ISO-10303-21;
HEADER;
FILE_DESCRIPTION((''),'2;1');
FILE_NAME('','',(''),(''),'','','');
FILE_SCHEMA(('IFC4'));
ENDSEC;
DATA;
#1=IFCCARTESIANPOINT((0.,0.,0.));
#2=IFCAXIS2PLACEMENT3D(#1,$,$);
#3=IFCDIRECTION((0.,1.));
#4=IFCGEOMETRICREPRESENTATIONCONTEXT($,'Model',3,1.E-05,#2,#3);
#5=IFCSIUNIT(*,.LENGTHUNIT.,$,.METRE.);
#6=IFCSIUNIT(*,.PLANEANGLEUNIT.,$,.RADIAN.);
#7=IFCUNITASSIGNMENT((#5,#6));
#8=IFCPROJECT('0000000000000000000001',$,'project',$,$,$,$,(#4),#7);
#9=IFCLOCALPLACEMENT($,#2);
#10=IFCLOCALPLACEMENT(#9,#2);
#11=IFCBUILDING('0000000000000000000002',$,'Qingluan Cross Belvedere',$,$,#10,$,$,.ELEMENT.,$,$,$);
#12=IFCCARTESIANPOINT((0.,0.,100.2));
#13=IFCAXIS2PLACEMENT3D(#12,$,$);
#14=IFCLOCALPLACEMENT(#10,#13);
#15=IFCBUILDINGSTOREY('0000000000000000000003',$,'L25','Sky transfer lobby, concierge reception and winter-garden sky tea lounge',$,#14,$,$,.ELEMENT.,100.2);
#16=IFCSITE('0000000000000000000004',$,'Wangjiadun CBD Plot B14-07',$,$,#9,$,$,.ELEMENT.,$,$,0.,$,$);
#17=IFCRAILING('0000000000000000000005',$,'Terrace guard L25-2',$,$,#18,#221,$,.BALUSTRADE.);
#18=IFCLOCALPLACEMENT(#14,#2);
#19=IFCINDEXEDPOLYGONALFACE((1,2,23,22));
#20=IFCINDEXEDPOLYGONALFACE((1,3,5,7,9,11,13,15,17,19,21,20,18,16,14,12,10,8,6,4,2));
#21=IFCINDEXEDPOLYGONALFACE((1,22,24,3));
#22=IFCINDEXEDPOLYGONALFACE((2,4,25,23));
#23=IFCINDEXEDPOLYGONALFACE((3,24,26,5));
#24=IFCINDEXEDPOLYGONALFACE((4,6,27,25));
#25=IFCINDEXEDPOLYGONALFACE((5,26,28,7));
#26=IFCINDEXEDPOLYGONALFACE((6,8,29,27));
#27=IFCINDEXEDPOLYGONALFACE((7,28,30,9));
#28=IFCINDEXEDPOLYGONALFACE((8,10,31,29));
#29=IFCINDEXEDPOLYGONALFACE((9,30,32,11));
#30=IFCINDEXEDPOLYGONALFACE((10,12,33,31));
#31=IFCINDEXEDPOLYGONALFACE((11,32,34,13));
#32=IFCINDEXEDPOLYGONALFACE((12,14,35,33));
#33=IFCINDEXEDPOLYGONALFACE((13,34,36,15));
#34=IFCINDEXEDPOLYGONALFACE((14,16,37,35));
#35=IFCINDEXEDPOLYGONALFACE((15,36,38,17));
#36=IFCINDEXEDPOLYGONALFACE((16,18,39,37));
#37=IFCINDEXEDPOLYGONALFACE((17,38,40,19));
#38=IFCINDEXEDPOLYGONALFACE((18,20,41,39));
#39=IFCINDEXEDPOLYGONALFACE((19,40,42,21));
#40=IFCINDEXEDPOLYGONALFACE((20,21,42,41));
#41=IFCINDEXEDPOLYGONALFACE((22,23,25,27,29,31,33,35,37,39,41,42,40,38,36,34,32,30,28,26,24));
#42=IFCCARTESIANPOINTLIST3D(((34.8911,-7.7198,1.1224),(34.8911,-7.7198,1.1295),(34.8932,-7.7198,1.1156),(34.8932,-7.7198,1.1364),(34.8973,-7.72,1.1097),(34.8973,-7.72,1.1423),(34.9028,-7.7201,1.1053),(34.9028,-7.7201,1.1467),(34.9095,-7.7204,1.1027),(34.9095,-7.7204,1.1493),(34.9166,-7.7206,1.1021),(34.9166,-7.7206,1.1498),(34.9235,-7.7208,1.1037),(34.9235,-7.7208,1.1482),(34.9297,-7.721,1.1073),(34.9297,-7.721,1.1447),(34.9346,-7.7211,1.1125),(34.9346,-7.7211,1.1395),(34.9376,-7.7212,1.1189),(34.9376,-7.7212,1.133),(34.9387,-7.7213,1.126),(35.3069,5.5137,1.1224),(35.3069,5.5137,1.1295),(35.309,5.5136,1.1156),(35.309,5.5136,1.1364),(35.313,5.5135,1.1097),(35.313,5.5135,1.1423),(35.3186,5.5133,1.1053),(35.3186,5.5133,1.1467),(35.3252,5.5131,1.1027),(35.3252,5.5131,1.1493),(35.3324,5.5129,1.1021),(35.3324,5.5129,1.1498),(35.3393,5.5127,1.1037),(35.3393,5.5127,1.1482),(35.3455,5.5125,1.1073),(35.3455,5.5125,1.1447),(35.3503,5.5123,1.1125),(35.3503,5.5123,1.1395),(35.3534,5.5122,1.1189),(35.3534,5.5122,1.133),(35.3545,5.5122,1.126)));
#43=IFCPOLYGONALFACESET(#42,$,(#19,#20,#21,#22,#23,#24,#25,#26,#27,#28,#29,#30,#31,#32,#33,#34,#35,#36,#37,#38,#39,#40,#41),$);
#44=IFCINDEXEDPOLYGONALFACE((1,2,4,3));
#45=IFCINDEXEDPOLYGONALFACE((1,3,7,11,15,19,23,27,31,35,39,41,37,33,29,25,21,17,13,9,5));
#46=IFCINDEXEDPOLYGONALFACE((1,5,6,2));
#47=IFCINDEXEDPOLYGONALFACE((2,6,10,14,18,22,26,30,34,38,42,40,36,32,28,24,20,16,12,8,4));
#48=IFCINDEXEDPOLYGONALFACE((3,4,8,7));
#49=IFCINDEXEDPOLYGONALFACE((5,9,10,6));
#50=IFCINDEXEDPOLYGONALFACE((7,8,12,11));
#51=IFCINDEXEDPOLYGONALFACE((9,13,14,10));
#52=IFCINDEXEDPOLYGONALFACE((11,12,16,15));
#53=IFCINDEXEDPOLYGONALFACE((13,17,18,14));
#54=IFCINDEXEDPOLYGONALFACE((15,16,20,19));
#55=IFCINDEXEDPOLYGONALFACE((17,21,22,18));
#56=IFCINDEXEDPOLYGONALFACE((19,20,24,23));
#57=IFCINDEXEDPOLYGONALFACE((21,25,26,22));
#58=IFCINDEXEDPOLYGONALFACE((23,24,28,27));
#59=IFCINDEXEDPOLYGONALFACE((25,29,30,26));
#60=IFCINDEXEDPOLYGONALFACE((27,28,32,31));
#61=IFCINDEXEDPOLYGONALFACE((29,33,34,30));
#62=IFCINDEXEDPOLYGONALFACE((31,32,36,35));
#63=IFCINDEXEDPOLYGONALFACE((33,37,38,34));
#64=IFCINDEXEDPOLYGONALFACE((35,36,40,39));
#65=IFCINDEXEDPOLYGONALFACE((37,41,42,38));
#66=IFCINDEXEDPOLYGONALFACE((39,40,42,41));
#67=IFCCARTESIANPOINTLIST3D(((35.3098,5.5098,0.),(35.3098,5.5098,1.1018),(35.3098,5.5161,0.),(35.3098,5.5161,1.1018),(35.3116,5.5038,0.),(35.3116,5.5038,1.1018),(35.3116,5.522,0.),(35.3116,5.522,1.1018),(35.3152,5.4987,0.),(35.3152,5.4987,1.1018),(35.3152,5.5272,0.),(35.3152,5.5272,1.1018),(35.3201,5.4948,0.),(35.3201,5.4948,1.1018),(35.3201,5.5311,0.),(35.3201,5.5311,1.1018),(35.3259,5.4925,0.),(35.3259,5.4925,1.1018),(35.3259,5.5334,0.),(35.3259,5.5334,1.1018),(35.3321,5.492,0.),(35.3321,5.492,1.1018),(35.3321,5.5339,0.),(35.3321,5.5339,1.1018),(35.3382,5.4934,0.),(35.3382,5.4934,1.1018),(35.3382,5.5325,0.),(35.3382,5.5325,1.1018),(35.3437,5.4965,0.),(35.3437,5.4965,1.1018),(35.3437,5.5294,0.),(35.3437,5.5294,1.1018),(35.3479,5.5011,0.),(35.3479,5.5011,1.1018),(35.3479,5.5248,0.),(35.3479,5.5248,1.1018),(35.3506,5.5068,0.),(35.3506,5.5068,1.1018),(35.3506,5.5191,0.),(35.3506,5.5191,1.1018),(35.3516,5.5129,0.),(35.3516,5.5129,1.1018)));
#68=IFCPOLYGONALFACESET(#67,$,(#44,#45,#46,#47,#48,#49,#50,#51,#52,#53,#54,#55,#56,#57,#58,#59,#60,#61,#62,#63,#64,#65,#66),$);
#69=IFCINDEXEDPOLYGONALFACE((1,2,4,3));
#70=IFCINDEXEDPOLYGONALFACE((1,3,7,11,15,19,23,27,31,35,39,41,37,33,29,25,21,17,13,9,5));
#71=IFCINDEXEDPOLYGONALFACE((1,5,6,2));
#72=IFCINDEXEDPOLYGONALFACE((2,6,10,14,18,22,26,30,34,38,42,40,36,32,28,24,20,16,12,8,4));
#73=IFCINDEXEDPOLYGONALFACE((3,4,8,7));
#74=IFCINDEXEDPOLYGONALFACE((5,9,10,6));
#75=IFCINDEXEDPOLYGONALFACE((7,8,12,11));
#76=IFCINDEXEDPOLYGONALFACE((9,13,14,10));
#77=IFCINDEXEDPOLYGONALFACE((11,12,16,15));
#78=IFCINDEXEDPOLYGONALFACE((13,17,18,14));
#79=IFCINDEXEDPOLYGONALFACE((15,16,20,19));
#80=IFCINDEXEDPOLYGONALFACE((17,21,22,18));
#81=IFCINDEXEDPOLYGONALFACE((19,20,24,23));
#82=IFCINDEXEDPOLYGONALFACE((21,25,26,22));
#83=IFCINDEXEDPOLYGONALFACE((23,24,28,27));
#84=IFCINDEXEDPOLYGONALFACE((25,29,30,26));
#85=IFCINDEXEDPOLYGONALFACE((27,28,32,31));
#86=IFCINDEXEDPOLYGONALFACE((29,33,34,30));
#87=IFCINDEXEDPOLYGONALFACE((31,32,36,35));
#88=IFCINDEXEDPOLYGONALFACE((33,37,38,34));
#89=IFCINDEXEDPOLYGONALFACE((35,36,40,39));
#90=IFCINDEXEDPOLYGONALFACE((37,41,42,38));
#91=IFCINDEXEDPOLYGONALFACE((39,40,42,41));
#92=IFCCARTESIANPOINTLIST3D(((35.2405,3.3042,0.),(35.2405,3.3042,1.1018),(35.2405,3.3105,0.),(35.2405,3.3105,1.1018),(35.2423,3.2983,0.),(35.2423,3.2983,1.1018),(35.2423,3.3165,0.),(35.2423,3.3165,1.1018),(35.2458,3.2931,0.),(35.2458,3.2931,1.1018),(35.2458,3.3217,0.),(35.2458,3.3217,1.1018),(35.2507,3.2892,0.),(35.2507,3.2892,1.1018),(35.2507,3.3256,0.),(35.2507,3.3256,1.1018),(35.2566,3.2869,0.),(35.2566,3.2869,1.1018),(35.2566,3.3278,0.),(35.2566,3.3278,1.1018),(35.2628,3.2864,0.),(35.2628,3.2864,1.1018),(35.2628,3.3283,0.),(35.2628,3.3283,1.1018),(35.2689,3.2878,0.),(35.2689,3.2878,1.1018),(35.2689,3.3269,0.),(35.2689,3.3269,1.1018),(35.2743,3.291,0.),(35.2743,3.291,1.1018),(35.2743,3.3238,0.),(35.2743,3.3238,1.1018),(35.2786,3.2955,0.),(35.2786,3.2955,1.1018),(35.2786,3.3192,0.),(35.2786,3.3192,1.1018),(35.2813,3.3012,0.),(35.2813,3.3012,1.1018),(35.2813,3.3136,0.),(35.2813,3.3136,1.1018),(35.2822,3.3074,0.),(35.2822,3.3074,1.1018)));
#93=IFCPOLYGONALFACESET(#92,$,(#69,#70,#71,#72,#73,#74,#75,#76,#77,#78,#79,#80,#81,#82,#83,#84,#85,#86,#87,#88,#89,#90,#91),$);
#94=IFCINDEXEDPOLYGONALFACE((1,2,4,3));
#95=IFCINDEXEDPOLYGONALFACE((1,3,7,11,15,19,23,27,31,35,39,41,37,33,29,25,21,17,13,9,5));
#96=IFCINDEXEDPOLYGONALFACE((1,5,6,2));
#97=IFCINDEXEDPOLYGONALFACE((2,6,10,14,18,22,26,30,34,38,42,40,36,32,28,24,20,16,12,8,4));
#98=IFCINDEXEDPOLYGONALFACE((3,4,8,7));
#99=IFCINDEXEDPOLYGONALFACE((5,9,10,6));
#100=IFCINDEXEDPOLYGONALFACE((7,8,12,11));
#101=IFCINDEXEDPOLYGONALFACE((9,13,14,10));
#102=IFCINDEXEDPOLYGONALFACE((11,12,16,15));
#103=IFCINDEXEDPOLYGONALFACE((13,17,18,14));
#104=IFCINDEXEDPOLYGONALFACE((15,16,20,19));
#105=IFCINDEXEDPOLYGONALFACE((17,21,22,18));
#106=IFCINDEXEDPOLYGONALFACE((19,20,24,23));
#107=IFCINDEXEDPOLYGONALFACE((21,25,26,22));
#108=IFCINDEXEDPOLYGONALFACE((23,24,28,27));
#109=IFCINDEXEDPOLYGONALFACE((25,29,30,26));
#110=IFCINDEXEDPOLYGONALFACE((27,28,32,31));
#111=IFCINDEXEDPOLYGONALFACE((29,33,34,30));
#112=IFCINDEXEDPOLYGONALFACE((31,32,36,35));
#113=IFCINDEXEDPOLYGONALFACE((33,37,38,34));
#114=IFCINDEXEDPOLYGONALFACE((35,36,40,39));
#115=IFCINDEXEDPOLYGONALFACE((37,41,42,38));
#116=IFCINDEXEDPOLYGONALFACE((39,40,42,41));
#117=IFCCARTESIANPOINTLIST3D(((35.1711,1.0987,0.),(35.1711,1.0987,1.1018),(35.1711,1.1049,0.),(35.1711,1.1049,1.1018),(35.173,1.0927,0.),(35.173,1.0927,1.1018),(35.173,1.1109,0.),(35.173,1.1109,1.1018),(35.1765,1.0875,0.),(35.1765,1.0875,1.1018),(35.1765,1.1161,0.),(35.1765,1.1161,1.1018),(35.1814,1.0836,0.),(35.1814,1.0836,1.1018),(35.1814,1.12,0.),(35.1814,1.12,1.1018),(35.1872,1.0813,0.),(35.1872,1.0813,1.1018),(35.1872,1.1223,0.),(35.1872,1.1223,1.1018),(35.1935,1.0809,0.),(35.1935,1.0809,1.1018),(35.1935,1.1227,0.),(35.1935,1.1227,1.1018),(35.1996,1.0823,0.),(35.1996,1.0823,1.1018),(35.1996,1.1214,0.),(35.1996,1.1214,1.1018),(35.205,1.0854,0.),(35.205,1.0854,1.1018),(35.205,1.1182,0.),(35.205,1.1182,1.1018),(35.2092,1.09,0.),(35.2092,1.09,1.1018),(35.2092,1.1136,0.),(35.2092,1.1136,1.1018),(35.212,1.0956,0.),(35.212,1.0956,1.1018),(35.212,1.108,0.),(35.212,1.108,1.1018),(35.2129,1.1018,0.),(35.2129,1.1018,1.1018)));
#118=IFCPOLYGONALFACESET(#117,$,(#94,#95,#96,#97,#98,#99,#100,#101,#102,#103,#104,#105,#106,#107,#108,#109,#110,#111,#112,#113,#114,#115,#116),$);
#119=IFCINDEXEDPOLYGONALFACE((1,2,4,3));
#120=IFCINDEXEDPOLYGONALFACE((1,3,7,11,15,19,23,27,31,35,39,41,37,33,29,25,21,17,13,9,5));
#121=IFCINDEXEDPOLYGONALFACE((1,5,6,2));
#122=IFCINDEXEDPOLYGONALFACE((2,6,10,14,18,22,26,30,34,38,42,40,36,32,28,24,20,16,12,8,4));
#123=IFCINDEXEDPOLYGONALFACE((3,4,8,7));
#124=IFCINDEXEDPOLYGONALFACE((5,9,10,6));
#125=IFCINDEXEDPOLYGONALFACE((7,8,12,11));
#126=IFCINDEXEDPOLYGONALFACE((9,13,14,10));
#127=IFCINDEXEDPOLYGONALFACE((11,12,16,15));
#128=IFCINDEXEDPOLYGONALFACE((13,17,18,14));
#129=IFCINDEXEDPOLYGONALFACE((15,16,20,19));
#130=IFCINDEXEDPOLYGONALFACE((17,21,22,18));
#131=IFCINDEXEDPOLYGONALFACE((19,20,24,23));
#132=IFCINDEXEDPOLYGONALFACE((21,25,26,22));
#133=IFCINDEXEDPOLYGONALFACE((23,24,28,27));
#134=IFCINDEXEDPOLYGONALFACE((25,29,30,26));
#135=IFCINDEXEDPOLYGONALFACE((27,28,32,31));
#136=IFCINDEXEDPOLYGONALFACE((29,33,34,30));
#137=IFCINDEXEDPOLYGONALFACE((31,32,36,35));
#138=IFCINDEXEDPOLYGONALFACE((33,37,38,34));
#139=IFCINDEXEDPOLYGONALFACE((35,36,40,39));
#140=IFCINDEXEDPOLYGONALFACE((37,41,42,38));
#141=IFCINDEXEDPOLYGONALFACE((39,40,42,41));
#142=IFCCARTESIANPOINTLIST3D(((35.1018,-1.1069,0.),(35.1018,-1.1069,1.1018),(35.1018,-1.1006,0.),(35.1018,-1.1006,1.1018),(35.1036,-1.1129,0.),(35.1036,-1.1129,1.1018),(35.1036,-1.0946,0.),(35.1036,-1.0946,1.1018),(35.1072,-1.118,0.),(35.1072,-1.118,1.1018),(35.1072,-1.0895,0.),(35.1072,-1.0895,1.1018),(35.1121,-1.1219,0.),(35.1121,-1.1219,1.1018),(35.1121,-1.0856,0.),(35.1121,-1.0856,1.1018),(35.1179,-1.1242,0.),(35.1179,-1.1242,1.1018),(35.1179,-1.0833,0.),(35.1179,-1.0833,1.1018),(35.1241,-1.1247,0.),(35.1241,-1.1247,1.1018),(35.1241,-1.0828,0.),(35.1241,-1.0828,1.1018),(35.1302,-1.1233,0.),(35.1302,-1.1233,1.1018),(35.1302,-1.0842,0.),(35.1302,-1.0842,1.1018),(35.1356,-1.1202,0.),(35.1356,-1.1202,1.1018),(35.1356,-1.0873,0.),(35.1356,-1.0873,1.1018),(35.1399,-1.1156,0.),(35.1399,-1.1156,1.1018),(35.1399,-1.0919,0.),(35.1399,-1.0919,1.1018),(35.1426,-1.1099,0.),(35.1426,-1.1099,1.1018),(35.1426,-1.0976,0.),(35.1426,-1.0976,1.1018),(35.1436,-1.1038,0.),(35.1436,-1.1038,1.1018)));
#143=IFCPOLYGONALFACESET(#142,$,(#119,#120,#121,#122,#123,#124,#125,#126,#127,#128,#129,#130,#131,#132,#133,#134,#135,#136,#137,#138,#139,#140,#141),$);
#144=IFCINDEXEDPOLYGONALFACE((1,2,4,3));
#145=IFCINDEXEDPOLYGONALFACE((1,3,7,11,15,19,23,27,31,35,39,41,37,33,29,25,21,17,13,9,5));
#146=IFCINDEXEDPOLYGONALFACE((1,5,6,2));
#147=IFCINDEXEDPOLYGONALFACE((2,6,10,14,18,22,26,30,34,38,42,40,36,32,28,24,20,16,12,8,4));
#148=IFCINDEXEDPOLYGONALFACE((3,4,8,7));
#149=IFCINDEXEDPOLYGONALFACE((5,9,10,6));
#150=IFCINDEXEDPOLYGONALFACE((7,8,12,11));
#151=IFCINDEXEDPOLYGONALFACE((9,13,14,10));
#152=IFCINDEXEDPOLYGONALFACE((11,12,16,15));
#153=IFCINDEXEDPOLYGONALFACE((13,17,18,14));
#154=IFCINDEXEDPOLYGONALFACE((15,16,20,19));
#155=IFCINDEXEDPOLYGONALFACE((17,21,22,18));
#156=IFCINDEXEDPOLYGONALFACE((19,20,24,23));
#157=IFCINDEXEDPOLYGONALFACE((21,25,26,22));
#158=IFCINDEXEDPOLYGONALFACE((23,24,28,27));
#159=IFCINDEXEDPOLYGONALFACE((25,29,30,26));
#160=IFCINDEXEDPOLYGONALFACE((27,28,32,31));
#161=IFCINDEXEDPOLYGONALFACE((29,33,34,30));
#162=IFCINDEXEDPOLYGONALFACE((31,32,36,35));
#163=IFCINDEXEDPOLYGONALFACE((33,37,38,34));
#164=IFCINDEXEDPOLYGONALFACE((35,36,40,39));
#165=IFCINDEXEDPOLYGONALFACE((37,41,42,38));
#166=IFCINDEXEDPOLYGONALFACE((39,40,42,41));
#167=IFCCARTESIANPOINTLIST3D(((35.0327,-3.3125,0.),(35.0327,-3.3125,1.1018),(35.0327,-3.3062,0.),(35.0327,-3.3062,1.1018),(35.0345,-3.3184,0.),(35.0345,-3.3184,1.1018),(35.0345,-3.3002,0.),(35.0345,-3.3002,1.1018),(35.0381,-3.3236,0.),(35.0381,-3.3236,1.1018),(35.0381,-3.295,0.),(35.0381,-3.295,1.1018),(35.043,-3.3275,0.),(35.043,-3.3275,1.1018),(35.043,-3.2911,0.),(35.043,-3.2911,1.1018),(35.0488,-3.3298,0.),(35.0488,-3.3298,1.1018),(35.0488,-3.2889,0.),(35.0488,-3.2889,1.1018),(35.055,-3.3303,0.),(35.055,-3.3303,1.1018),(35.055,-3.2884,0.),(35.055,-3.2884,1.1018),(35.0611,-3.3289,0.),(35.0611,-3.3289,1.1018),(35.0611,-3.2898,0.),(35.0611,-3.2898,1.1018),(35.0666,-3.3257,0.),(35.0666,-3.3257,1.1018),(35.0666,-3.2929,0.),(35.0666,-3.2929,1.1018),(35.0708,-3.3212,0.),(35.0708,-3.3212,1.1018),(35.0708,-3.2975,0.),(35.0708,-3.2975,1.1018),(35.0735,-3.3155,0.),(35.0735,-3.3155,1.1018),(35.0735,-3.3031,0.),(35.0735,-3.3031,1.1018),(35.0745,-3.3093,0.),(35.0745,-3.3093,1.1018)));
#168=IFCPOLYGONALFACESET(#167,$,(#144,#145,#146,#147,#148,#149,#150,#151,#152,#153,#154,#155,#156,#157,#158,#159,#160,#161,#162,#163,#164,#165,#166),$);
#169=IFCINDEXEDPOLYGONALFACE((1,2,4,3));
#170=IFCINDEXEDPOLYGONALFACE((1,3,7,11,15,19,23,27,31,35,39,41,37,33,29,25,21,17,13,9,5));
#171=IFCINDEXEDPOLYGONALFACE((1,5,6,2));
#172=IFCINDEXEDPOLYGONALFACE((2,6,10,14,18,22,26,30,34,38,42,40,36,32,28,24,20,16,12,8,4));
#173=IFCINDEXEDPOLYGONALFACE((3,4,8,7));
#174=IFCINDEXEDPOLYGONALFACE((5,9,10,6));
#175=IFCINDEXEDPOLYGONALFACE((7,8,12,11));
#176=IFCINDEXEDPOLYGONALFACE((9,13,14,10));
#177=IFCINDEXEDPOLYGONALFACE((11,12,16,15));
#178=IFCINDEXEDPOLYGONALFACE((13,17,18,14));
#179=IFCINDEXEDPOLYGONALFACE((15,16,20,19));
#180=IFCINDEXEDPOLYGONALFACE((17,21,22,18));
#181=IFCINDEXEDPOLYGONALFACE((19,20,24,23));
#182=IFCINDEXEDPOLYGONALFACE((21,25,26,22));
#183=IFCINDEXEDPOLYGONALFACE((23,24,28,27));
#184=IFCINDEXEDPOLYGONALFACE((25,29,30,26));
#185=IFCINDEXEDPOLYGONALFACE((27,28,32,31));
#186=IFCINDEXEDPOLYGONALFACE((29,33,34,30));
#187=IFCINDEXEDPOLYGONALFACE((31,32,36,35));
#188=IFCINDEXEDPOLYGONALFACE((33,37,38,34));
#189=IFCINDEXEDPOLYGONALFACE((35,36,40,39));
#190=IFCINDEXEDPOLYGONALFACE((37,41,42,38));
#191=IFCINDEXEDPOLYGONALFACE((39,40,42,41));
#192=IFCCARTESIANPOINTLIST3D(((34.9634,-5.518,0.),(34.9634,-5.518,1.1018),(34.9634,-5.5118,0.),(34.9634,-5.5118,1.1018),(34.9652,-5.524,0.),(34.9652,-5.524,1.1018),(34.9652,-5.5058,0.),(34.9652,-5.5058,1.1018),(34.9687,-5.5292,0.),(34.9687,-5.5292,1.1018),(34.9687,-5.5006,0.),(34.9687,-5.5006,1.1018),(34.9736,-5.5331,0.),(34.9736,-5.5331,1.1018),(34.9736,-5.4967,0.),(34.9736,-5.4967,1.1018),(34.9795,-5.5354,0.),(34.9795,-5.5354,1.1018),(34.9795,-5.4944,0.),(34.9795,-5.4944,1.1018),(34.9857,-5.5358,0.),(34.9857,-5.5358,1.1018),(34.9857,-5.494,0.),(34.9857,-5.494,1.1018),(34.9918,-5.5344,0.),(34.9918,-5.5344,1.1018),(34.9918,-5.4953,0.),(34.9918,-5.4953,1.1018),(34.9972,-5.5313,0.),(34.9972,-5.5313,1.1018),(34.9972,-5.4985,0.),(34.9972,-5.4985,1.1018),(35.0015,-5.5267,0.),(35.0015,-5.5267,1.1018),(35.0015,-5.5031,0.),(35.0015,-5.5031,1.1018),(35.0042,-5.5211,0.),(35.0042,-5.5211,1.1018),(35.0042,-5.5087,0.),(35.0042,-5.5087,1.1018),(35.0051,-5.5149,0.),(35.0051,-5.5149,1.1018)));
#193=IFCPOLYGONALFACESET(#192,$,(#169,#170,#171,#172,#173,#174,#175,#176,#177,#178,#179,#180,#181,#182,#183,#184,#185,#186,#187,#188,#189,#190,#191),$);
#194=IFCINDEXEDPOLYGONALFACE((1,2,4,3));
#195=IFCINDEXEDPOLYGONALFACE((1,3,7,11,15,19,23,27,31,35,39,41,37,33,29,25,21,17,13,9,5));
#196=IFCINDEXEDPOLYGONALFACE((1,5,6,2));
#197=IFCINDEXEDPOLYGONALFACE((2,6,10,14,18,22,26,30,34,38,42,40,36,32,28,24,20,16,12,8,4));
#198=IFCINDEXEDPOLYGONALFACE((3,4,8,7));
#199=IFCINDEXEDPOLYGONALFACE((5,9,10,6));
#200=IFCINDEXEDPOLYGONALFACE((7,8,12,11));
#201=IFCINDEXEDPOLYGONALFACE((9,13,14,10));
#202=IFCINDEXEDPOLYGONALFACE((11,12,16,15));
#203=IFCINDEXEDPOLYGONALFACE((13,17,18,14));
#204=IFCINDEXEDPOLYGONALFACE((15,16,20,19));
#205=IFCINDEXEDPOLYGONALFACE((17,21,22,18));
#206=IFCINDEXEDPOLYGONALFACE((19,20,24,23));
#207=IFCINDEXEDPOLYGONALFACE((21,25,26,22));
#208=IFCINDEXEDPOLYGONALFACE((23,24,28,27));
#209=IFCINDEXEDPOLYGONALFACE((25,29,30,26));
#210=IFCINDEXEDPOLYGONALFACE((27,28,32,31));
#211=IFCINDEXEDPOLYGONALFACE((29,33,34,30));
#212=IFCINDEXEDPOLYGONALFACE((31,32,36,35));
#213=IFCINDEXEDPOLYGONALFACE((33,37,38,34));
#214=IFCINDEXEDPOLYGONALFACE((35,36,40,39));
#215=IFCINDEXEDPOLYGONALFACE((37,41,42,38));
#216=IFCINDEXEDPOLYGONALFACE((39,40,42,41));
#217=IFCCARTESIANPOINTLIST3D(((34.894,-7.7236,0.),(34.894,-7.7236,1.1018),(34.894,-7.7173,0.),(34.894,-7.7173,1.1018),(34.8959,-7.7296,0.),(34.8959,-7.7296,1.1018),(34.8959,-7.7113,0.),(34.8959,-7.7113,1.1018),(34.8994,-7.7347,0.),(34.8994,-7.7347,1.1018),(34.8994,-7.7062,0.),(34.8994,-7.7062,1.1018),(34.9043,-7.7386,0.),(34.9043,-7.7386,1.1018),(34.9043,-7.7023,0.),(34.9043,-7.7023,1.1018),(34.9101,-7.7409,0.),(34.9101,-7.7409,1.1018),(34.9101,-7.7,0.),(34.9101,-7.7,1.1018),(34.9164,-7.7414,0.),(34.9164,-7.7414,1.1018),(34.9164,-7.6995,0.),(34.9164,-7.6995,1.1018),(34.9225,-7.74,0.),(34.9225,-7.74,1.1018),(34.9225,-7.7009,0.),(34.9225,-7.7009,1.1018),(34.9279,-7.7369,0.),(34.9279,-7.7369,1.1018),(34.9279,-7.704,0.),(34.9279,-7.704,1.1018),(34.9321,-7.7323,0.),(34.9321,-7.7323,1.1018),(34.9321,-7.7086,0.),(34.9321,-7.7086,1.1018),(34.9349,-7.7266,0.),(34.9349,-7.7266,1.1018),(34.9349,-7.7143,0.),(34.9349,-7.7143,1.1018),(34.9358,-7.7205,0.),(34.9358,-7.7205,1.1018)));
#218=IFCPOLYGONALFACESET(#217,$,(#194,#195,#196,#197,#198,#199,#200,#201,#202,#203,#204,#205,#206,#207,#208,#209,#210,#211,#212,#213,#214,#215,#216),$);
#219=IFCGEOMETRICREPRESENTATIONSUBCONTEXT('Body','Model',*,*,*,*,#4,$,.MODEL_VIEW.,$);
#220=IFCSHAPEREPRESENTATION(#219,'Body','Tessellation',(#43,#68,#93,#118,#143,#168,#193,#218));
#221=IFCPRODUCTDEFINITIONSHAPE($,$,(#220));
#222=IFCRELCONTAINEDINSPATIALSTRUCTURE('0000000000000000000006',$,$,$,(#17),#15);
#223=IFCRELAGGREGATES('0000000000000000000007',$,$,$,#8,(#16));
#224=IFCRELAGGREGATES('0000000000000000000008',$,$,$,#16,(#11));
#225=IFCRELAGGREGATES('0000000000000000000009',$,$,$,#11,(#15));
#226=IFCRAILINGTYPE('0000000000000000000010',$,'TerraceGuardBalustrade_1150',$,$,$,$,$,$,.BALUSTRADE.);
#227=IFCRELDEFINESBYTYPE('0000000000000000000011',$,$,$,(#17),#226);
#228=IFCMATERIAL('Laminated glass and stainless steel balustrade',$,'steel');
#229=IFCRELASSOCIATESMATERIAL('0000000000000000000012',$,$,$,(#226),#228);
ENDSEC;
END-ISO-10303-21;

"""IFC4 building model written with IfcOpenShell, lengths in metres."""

from ifc_helpers import new_model, si_unit, direction, frame, origin, origin_2d, place, context, subcontext, project, spatial, circle, extrude, material, type_object, element, save


model = new_model("IFC4")

# Units and contexts
model_context = context("Model", 3, precision=1e-05, world=origin(), true_north=direction((0.0, 1.0)))
body_context = subcontext(model_context, "Body", "Model", "MODEL_VIEW")
ifc_project = project(units=[si_unit("LENGTHUNIT", "METRE"), si_unit("PLANEANGLEUNIT", "RADIAN")], contexts=[model_context])

# Site, building, storey
site_placement = place(None, origin())
site = spatial("IfcSite", under=ifc_project, at=site_placement, Name="Wangjiadun CBD Plot B14-07", CompositionType="ELEMENT", RefElevation=0.0)
building_placement = place(site_placement, origin())
building = spatial("IfcBuilding", under=site, at=building_placement, Name="Qingluan Cross Belvedere", CompositionType="ELEMENT")
storey_placement = place(building_placement, frame((0.0, 0.0, 100.2)))
storey = spatial("IfcBuildingStorey", under=building, at=storey_placement, Name="L25", Description="Sky transfer lobby, concierge reception and winter-garden sky tea lounge", CompositionType="ELEMENT", Elevation=100.2)

# Railing
ifc_material_1 = material(Name="Laminated glass and stainless steel balustrade", Category="steel")
railing_type = type_object("IfcRailingType", Name="TerraceGuardBalustrade_1150", PredefinedType="BALUSTRADE", material=ifc_material_1)
railing_1_placement = place(storey_placement, frame((35.3306, 5.5129, 0.0)))
element("IfcRailing", 1, at=railing_1_placement, inside=storey, type_object=railing_type, Name="Terrace guard L25-2", PredefinedType="BALUSTRADE", context=body_context, shape_type="SweptSolid", body=[
    extrude(circle(Radius=0.0239, at=origin_2d()), frame((0.0, 0.0, 1.126), z_axis=(-0.031403, -0.999507, 0.0), x_axis=(0.999507, -0.031403, 0.0)), (0.0, 0.0, 1.0), 13.24),
    extrude(circle(Radius=0.021, at=origin_2d()), origin(), (0.0, 0.0, 1.0), 1.1018),
    extrude(circle(Radius=0.021, at=origin_2d()), frame((-0.0693, -2.2056, 0.0)), (0.0, 0.0, 1.0), 1.1018),
    extrude(circle(Radius=0.021, at=origin_2d()), frame((-0.1387, -4.4111, 0.0)), (0.0, 0.0, 1.0), 1.1018),
    extrude(circle(Radius=0.021, at=origin_2d()), frame((-0.208, -6.6167, 0.0)), (0.0, 0.0, 1.0), 1.1018),
    extrude(circle(Radius=0.021, at=origin_2d()), frame((-0.2771, -8.8223, 0.0)), (0.0, 0.0, 1.0), 1.1018),
    extrude(circle(Radius=0.021, at=origin_2d()), frame((-0.3464, -11.0278, 0.0)), (0.0, 0.0, 1.0), 1.1018),
    extrude(circle(Radius=0.021, at=origin_2d()), frame((-0.4158, -13.2334, 0.0)), (0.0, 0.0, 1.0), 1.1018),
])

save(model, "model.ifc")
